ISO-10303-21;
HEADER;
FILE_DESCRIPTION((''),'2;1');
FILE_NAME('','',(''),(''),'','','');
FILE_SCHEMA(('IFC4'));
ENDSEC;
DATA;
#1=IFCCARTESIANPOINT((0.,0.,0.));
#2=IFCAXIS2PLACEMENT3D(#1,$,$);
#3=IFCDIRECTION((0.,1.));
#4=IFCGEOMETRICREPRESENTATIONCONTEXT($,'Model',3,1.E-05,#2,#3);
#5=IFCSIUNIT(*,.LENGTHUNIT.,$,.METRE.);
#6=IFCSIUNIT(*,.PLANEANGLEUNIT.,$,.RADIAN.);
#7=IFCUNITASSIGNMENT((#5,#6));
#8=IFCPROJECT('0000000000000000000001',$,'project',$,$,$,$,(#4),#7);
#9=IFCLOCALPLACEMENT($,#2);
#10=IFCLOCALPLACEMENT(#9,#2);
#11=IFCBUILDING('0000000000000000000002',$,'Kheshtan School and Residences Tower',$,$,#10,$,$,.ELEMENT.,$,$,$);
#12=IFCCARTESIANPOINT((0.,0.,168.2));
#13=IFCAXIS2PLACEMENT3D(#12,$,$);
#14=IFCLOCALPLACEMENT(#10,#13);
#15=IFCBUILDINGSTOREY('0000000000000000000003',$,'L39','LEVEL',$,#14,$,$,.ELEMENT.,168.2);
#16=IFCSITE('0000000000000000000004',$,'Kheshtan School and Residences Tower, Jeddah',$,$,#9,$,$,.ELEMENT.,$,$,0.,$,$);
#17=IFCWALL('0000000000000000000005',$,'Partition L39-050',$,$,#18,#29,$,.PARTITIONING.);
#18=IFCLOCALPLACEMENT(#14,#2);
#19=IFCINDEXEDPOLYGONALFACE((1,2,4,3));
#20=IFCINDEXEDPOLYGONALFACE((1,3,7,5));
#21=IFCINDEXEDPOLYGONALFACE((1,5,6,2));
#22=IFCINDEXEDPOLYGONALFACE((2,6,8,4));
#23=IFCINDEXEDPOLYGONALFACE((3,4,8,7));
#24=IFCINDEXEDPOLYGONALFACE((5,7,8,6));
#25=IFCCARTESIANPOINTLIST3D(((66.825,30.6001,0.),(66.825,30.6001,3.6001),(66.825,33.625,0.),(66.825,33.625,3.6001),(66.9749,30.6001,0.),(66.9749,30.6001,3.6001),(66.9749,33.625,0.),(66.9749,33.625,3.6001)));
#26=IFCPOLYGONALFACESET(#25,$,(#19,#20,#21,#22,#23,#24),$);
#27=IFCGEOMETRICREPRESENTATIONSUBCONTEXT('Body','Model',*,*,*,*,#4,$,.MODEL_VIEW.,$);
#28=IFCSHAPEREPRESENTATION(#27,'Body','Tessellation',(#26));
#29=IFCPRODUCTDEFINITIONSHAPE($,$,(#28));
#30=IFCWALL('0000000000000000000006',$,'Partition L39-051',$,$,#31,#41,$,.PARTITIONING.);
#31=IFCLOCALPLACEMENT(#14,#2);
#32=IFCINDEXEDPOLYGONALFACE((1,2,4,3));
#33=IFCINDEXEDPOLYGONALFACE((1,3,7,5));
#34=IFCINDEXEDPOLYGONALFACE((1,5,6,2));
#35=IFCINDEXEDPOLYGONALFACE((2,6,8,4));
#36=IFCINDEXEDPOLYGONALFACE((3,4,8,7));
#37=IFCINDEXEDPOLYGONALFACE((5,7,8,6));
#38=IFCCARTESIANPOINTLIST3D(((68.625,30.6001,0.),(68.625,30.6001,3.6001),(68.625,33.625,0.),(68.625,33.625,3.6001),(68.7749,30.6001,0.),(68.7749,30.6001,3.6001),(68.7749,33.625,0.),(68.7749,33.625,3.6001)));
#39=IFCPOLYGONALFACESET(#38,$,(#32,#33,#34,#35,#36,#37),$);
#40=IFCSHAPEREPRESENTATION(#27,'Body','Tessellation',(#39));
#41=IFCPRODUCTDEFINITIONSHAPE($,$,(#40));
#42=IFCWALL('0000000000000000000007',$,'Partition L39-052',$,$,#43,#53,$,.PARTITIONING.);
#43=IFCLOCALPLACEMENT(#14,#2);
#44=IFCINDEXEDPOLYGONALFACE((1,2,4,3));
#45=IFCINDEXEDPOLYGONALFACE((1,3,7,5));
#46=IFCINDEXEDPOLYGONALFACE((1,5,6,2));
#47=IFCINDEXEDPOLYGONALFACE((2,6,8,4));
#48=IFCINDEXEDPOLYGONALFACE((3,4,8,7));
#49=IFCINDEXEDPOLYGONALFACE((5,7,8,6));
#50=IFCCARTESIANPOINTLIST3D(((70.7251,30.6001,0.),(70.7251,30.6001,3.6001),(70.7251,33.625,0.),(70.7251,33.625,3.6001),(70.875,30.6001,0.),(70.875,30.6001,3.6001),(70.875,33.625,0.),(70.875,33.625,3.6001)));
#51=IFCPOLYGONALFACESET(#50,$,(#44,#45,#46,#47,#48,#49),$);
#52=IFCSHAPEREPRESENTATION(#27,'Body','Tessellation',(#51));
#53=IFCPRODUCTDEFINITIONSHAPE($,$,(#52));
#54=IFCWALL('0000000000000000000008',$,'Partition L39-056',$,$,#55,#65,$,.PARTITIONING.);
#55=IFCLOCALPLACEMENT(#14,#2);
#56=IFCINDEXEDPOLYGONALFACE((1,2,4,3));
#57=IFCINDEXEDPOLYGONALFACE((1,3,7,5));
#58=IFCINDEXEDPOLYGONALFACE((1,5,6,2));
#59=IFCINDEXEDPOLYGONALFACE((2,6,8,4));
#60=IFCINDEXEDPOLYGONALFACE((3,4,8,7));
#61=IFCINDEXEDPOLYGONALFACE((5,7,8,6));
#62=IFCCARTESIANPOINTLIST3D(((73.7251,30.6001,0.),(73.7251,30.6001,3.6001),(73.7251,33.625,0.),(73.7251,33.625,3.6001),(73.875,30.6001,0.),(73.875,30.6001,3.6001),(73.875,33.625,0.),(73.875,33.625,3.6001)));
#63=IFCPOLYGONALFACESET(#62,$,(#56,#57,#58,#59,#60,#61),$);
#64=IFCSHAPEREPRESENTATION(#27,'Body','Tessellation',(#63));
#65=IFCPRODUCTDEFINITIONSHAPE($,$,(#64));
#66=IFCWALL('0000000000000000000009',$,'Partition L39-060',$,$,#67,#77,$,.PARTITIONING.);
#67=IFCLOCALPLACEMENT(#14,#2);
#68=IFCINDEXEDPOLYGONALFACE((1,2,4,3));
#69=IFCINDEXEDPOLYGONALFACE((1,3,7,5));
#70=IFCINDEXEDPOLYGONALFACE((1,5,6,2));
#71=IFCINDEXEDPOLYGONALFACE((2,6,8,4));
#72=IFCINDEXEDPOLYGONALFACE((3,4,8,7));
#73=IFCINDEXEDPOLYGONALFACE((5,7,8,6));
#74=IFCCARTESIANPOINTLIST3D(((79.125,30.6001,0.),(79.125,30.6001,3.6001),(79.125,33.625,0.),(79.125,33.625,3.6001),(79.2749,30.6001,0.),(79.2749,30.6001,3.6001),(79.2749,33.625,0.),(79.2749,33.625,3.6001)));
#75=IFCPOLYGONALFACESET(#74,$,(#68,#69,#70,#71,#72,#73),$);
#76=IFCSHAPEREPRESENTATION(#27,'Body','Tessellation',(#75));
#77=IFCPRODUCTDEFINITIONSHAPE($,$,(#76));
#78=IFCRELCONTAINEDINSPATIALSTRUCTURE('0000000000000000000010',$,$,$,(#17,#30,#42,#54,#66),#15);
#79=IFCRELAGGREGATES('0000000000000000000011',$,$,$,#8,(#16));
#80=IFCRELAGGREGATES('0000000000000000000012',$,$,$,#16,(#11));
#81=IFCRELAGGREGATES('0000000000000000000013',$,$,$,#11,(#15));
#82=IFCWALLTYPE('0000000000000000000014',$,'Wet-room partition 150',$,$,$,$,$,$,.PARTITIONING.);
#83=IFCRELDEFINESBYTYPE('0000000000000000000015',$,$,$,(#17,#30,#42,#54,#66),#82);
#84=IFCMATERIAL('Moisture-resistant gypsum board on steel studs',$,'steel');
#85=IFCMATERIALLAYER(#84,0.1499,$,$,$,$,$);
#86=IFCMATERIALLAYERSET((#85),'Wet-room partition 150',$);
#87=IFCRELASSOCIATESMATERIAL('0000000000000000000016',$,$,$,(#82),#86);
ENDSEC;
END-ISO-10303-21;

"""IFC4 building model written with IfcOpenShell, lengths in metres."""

from ifc_helpers import new_model, si_unit, direction, frame, frame_2d, origin, place, context, subcontext, project, spatial, rectangle, extrude, material, layer, layer_set, type_object, element, save


model = new_model("IFC4")

# Units and contexts
model_context = context("Model", 3, precision=1e-05, world=origin(), true_north=direction((0.0, 1.0)))
body_context = subcontext(model_context, "Body", "Model", "MODEL_VIEW")
ifc_project = project(units=[si_unit("LENGTHUNIT", "METRE"), si_unit("PLANEANGLEUNIT", "RADIAN")], contexts=[model_context])

# Site, building, storey
site_placement = place(None, origin())
site = spatial("IfcSite", under=ifc_project, at=site_placement, Name="Kheshtan School and Residences Tower, Jeddah", CompositionType="ELEMENT", RefElevation=0.0)
building_placement = place(site_placement, origin())
building = spatial("IfcBuilding", under=site, at=building_placement, Name="Kheshtan School and Residences Tower", CompositionType="ELEMENT")
storey_placement = place(building_placement, frame((0.0, 0.0, 168.2)))
storey = spatial("IfcBuildingStorey", under=building, at=storey_placement, Name="L39", Description="LEVEL", CompositionType="ELEMENT", Elevation=168.2)

# Walls
ifc_material_1 = material(Name="Moisture-resistant gypsum board on steel studs", Category="steel")
ifc_layer_1 = layer(ifc_material_1, 0.1499)
ifc_layer_set_1 = layer_set([ifc_layer_1], Name="Wet-room partition 150")
wall_type_1 = type_object("IfcWallType", Name="Wet-room partition 150", PredefinedType="PARTITIONING", material=ifc_layer_set_1)
for number, where, z_axis, x_axis, name in (
    (1, (66.8999, 30.6001, 0.0), (0.0, 0.0, 1.0), (0.0, 1.0, 0.0), "Partition L39-050"),
    (2, (68.7, 30.6001, 0.0), (0.0, 0.0, 1.0), (0.0, 1.0, 0.0), "Partition L39-051"),
    (3, (70.8, 30.6001, 0.0), (0.0, 0.0, 1.0), (0.0, 1.0, 0.0), "Partition L39-052"),
    (4, (73.8, 30.6001, 0.0), (0.0, 0.0, 1.0), (0.0, 1.0, 0.0), "Partition L39-056"),
    (5, (79.2, 30.6001, 0.0), (0.0, 0.0, 1.0), (0.0, 1.0, 0.0), "Partition L39-060"),
):
    element("IfcWall", number, at=place(storey_placement, frame(where, z_axis=z_axis, x_axis=x_axis)), inside=storey, type_object=wall_type_1, Name=name, PredefinedType="PARTITIONING", context=body_context, shape_type="SweptSolid", body=[
        extrude(rectangle(XDim=3.0249, YDim=0.1499, at=frame_2d((1.5125, 0.0))), origin(), (0.0, 0.0, 1.0), 3.6001),
    ])

save(model, "model.ifc")
